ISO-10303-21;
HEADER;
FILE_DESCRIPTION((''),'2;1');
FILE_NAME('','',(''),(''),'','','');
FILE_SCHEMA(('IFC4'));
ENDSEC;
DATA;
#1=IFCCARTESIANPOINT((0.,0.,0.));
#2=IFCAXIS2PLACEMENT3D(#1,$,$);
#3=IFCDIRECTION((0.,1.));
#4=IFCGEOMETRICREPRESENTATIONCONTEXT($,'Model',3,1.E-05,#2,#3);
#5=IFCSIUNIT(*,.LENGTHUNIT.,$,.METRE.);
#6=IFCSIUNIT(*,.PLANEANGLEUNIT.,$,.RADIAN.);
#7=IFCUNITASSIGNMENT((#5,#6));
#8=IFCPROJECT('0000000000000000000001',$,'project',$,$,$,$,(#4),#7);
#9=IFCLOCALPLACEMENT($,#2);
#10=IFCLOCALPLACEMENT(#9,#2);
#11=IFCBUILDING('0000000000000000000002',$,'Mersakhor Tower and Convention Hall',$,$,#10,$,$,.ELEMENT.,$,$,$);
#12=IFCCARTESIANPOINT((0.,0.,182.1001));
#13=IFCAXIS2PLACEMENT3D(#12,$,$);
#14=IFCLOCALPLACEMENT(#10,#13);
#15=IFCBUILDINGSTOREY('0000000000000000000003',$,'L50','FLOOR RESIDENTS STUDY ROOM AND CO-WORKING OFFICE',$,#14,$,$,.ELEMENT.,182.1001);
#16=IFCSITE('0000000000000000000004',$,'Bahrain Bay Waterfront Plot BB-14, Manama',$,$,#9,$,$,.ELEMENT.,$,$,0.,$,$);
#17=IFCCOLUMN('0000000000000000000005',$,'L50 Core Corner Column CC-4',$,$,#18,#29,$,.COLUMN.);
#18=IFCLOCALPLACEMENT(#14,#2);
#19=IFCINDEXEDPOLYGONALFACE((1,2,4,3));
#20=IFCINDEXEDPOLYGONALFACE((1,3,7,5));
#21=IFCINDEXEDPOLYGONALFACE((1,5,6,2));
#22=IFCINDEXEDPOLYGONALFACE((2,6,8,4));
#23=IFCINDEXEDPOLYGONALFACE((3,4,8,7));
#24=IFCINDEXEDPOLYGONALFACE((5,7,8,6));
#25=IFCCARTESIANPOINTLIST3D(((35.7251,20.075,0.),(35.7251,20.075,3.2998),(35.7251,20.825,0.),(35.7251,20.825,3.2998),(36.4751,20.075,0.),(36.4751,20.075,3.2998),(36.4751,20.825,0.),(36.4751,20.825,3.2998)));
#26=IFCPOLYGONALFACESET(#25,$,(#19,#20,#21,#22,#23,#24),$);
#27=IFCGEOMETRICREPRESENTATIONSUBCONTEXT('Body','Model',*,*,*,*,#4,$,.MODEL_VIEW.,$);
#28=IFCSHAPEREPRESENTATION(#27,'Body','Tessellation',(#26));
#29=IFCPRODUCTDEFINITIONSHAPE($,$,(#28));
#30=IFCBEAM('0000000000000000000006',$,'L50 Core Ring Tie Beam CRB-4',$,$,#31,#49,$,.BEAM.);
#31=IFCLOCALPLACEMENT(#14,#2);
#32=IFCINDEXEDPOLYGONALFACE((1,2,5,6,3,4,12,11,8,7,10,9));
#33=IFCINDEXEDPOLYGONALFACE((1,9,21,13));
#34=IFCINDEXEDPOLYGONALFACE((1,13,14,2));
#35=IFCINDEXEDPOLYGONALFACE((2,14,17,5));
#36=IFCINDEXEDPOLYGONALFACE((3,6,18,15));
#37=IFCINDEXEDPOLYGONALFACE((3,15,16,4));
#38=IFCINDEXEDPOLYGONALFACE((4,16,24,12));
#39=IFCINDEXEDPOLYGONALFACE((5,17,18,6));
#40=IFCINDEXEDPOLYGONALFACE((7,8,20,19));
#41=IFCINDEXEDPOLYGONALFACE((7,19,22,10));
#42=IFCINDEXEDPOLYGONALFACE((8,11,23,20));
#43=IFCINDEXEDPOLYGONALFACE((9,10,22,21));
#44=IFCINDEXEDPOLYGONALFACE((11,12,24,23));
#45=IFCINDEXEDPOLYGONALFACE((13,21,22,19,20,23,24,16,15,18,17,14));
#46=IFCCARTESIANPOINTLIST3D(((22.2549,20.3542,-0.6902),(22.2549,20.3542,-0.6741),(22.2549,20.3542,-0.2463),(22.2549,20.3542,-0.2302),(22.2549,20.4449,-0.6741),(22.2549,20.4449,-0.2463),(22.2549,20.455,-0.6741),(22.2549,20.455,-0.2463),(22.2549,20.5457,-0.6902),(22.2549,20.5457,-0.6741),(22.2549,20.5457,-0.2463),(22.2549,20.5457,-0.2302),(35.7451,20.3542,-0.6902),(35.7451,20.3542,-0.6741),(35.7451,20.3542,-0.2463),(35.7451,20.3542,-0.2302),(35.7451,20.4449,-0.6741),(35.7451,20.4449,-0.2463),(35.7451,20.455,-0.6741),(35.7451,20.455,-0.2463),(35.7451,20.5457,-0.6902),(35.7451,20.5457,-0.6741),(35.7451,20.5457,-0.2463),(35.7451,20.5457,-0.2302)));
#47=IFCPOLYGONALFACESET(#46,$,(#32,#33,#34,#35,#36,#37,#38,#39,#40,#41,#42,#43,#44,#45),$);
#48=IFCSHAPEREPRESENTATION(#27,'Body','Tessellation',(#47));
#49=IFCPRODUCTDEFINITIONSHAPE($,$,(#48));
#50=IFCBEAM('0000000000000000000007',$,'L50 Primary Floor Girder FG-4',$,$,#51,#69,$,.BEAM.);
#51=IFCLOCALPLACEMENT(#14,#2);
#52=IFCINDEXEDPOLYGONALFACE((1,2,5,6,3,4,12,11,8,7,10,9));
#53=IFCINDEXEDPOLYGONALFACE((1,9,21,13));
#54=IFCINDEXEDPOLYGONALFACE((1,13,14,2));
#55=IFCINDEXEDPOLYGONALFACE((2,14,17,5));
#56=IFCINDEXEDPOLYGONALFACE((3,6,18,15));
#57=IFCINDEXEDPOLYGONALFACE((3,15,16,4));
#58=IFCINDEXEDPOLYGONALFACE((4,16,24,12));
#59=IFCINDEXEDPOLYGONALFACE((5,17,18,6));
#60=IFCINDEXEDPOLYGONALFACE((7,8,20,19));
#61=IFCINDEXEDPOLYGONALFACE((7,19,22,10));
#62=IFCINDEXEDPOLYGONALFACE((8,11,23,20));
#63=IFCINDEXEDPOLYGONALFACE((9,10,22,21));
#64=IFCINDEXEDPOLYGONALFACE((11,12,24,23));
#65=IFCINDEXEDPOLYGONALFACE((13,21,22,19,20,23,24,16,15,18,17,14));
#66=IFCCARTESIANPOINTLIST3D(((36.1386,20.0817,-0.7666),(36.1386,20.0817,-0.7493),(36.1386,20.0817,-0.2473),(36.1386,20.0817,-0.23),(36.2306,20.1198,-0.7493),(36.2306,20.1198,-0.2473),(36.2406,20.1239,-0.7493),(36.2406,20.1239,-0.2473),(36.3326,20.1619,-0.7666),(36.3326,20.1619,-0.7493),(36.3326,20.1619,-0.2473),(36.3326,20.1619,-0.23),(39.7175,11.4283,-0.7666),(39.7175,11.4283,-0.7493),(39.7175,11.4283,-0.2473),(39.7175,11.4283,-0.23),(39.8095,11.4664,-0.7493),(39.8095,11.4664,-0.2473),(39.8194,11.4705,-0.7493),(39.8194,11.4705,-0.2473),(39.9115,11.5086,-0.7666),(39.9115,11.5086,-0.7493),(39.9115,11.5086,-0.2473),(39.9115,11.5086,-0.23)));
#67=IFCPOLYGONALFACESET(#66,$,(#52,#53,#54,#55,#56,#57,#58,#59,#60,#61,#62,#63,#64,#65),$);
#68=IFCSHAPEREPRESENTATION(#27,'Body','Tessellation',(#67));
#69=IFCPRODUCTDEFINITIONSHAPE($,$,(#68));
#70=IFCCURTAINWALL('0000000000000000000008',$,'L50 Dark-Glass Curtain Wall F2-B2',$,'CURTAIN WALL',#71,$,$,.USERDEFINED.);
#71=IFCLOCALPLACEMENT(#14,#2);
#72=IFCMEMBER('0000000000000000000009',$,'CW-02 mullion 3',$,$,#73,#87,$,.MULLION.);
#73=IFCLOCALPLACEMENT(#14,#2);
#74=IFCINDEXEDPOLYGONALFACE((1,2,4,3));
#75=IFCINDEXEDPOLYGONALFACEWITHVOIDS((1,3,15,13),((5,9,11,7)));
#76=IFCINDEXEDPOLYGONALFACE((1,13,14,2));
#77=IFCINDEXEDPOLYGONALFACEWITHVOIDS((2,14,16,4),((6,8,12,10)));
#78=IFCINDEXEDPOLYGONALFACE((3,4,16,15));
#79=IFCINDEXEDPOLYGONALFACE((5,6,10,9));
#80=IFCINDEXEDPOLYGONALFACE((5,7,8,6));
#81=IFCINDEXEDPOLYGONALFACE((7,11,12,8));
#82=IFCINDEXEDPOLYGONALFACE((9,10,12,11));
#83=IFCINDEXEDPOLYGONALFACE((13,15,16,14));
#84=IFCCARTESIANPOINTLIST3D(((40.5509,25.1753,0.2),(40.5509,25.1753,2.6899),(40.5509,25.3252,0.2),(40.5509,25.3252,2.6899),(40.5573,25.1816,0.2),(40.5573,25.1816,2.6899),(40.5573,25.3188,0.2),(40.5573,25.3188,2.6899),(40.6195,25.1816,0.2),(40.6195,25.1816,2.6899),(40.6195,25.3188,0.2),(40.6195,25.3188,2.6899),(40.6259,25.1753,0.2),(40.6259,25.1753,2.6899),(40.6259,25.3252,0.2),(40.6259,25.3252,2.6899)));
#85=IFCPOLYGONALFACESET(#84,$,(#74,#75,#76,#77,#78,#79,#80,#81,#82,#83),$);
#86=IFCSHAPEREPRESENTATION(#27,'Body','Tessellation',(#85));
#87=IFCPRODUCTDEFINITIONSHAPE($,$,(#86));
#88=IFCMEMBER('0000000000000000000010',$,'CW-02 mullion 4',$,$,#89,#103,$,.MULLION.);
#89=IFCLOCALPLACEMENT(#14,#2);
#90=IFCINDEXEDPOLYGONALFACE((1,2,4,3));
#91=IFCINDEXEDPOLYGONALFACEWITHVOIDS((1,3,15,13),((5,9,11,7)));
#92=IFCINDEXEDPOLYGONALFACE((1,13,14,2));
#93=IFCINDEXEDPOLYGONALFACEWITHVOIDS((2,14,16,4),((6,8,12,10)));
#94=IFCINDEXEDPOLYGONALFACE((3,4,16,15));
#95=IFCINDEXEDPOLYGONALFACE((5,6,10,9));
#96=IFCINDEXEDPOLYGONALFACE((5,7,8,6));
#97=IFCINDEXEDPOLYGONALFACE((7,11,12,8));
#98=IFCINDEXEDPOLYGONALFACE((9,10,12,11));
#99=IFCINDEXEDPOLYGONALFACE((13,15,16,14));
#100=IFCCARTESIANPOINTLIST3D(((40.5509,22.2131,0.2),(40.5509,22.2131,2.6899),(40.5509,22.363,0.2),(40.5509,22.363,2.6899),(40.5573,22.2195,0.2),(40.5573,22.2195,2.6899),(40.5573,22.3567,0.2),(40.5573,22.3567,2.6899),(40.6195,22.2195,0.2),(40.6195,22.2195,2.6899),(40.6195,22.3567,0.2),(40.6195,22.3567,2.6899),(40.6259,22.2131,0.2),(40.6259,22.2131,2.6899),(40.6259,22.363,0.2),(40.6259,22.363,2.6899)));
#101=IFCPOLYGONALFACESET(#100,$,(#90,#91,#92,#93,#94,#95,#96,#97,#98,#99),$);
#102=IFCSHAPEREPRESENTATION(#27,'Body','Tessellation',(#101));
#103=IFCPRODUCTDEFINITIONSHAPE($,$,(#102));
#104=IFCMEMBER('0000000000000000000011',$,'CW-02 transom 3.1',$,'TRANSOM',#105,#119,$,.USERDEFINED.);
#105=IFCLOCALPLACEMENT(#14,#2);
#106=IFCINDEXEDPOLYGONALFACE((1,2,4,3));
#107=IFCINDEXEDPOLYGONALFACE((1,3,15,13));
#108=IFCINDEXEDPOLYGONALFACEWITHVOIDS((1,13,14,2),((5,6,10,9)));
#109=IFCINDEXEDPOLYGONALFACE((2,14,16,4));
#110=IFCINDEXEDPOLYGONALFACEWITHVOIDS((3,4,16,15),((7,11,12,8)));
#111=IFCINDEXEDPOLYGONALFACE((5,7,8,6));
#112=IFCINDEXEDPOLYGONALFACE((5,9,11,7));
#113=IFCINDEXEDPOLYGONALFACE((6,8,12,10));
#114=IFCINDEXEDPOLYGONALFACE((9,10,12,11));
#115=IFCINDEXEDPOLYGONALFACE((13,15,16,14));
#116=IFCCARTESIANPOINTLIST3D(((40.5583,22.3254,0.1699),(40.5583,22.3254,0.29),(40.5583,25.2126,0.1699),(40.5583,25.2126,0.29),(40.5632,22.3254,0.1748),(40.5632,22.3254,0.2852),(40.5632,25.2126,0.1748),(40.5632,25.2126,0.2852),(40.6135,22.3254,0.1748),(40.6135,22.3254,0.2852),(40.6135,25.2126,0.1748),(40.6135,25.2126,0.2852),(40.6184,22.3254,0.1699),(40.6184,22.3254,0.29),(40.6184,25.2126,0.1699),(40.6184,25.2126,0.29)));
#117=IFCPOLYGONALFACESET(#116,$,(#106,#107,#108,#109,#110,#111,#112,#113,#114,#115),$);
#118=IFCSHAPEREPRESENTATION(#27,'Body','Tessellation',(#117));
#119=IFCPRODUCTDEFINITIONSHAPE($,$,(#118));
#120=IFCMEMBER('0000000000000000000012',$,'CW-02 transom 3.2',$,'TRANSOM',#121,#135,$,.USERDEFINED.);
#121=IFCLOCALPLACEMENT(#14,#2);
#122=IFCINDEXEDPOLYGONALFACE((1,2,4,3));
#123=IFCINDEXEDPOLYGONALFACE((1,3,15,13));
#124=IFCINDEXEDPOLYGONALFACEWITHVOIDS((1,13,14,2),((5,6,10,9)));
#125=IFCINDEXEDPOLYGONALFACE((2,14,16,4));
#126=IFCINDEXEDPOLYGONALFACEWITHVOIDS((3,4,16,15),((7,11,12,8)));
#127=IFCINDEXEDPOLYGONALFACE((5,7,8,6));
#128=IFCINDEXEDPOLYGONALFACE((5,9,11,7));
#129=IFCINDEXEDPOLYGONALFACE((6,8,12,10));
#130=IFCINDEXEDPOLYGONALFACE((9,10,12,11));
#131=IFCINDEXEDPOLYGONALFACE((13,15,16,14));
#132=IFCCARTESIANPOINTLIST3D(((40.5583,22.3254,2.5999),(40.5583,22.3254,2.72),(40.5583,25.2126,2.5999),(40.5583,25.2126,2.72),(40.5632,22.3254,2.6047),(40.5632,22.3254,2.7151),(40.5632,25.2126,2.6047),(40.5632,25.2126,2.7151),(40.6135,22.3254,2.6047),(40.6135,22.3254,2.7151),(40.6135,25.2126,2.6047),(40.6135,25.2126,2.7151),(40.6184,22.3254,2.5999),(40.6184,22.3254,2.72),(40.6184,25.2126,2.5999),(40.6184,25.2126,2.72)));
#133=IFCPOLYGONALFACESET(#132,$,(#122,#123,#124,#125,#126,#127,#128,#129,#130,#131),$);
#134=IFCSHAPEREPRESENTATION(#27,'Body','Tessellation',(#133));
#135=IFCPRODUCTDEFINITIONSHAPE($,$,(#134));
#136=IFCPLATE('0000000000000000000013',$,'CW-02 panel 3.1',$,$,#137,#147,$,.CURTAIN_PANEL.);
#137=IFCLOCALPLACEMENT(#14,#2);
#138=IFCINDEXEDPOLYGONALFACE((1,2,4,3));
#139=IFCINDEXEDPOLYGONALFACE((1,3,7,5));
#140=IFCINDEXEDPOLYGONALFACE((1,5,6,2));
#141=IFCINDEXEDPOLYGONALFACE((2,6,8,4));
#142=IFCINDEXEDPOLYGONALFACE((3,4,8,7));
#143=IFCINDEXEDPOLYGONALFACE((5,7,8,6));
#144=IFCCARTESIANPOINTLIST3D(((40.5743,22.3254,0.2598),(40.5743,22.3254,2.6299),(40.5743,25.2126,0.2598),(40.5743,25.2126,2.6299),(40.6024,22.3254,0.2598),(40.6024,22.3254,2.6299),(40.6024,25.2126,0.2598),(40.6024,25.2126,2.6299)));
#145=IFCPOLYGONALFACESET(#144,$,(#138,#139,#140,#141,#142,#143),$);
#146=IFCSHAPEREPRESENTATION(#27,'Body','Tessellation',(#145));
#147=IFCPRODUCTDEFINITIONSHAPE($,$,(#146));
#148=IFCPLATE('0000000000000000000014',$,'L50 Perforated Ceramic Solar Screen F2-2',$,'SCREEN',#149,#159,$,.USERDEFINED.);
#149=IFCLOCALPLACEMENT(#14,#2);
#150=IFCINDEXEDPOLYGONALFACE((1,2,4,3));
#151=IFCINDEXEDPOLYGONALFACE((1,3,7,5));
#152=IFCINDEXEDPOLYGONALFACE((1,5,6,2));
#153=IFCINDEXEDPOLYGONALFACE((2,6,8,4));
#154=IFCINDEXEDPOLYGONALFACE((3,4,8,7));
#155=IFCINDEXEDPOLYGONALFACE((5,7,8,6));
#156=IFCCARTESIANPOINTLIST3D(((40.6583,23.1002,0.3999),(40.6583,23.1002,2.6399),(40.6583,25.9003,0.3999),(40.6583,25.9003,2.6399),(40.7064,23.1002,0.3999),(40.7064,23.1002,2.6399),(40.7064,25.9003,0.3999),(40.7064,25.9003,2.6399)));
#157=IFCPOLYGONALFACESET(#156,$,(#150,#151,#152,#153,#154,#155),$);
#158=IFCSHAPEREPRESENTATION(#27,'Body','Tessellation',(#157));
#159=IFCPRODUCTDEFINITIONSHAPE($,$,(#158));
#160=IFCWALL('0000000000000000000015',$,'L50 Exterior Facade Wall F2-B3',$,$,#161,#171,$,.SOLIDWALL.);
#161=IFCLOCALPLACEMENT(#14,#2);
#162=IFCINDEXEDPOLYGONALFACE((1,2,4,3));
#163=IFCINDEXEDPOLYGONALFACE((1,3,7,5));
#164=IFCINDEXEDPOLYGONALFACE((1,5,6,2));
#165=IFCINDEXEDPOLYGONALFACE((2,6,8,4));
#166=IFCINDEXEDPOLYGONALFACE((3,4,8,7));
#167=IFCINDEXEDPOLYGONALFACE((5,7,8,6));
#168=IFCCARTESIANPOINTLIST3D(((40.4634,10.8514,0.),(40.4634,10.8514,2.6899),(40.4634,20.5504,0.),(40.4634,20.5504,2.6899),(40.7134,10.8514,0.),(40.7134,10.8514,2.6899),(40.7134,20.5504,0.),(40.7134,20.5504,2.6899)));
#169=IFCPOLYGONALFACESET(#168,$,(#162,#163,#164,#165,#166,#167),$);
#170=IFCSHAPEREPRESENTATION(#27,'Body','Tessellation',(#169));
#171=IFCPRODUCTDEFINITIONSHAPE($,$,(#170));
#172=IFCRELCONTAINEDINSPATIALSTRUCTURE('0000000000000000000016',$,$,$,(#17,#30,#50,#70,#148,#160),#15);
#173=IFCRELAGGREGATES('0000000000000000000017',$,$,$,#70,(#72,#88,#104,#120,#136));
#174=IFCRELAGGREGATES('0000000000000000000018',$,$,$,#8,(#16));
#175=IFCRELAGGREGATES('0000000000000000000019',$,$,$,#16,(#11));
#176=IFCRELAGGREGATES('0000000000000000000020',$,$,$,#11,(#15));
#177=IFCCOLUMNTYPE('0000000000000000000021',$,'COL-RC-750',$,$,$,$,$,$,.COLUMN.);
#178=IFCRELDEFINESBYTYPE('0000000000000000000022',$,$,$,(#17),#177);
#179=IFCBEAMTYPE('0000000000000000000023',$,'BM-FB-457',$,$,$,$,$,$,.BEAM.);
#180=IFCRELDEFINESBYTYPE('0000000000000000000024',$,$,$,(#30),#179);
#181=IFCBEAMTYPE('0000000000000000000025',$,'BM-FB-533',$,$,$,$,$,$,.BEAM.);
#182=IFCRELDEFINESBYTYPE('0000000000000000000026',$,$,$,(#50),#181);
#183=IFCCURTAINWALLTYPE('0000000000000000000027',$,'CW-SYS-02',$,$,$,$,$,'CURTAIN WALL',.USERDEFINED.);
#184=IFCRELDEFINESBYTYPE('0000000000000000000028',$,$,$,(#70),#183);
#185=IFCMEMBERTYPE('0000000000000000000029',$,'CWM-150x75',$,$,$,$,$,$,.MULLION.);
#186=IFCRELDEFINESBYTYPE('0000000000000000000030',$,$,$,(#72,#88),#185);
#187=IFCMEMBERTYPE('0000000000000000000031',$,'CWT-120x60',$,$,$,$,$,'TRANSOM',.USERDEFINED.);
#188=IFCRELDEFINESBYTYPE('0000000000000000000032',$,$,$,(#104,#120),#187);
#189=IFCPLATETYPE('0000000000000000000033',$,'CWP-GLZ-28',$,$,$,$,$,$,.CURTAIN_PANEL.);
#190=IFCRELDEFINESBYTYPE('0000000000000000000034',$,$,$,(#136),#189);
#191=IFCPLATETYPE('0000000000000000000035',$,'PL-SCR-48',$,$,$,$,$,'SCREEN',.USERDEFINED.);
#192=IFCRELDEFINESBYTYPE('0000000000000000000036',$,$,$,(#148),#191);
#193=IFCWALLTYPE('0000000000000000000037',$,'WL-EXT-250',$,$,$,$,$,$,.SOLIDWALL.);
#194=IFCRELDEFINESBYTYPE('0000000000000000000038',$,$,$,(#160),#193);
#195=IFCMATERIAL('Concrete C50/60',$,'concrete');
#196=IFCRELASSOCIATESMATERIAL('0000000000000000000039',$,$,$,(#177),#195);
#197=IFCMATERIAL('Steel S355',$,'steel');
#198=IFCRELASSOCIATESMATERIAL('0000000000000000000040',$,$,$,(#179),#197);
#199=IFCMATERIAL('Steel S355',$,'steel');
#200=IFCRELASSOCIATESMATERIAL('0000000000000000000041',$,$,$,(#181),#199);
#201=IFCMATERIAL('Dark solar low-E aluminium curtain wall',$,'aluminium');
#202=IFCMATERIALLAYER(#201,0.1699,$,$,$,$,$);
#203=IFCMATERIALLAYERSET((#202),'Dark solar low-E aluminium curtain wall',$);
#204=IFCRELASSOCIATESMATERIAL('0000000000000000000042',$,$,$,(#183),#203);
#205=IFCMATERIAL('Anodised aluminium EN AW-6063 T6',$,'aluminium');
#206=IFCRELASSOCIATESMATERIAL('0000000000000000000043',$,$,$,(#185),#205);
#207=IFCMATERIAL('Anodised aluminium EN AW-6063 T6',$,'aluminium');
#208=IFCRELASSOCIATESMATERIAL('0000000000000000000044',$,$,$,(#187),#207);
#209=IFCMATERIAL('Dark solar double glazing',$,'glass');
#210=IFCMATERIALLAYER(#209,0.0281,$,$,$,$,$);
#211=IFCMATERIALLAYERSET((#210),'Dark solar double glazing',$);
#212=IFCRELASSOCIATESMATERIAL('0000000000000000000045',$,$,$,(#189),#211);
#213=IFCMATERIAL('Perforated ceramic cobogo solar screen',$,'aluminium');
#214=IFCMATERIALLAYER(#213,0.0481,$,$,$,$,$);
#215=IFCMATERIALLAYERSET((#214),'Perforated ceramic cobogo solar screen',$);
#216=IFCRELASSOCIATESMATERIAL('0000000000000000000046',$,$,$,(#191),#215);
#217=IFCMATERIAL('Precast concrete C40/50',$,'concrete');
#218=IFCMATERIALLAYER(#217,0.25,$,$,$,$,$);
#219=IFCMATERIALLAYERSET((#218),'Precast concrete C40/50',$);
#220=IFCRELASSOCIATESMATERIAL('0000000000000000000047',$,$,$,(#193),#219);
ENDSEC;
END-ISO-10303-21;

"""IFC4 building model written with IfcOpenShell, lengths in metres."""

from ifc_helpers import new_model, si_unit, direction, frame, frame_2d, origin, origin_2d, place, context, subcontext, project, spatial, rectangle, hollow_rectangle, i_section, extrude, material, layer, layer_set, material_profile, profile_set, type_object, element, aggregate, save


model = new_model("IFC4")

# Units and contexts
model_context = context("Model", 3, precision=1e-05, world=origin(), true_north=direction((0.0, 1.0)))
body_context = subcontext(model_context, "Body", "Model", "MODEL_VIEW")
ifc_project = project(units=[si_unit("LENGTHUNIT", "METRE"), si_unit("PLANEANGLEUNIT", "RADIAN")], contexts=[model_context])

# Site, building, storey
site_placement = place(None, origin())
site = spatial("IfcSite", under=ifc_project, at=site_placement, Name="Bahrain Bay Waterfront Plot BB-14, Manama", CompositionType="ELEMENT", RefElevation=0.0)
building_placement = place(site_placement, origin())
building = spatial("IfcBuilding", under=site, at=building_placement, Name="Mersakhor Tower and Convention Hall", CompositionType="ELEMENT")
storey_placement = place(building_placement, frame((0.0, 0.0, 182.1001)))
storey = spatial("IfcBuildingStorey", under=building, at=storey_placement, Name="L50", Description="FLOOR RESIDENTS STUDY ROOM AND CO-WORKING OFFICE", CompositionType="ELEMENT", Elevation=182.1001)

# Column
ifc_material_1 = material(Name="Concrete C50/60", Category="concrete")
ifc_material_profile_1 = material_profile(ifc_material_1, rectangle(XDim=0.75, YDim=0.75, at=origin_2d()), Name="RC 750x750")
ifc_profile_set_1 = profile_set([ifc_material_profile_1], Name="Concrete C50/60")
column_type = type_object("IfcColumnType", Name="COL-RC-750", PredefinedType="COLUMN", material=ifc_profile_set_1)
column_placement = place(storey_placement, frame((36.1001, 20.45, 0.0), z_axis=(0.0, 0.0, 1.0), x_axis=(1.0, 0.0, 0.0)))
element("IfcColumn", 1, at=column_placement, inside=storey, type_object=column_type, Name="L50 Core Corner Column CC-4", PredefinedType="COLUMN", context=body_context, shape_type="SweptSolid", body=[
    extrude(rectangle(XDim=0.75, YDim=0.75, at=origin_2d()), origin(), (0.0, 0.0, 1.0), 3.2998),
])

# Beams
ifc_material_2 = material(Name="Steel S355", Category="steel")
ifc_material_profile_2 = material_profile(ifc_material_2, i_section(OverallWidth=0.1914, OverallDepth=0.46, WebThickness=0.01, FlangeThickness=0.0161, at=origin_2d()), Name="UB 457x191x82")
ifc_profile_set_2 = profile_set([ifc_material_profile_2], Name="Steel S355")
beam_type_1 = type_object("IfcBeamType", Name="BM-FB-457", PredefinedType="BEAM", material=ifc_profile_set_2)
beam_1_placement = place(storey_placement, frame((35.7451, 20.45, -0.4602), z_axis=(-1.0, 0.0, 0.0), x_axis=(0.0, -1.0, 0.0)))
element("IfcBeam", 2, at=beam_1_placement, inside=storey, type_object=beam_type_1, Name="L50 Core Ring Tie Beam CRB-4", PredefinedType="BEAM", context=body_context, shape_type="SweptSolid", body=[
    extrude(i_section(OverallWidth=0.1914, OverallDepth=0.46, WebThickness=0.01, FlangeThickness=0.0161, at=origin_2d()), origin(), (0.0, 0.0, 1.0), 13.4902),
])
ifc_material_3 = material(Name="Steel S355", Category="steel")
ifc_material_profile_3 = material_profile(ifc_material_3, i_section(OverallWidth=0.21, OverallDepth=0.5366, WebThickness=0.0107, FlangeThickness=0.0173, at=origin_2d()), Name="UB 533x210x101")
ifc_profile_set_3 = profile_set([ifc_material_profile_3], Name="Steel S355")
beam_type_2 = type_object("IfcBeamType", Name="BM-FB-533", PredefinedType="BEAM", material=ifc_profile_set_3)
beam_2_placement = place(storey_placement, frame((36.2356, 20.1218, -0.4983), z_axis=(0.382185, -0.924086, 0.0), x_axis=(0.924086, 0.382185, 0.0)))
element("IfcBeam", 3, at=beam_2_placement, inside=storey, type_object=beam_type_2, Name="L50 Primary Floor Girder FG-4", PredefinedType="BEAM", context=body_context, shape_type="SweptSolid", body=[
    extrude(i_section(OverallWidth=0.21, OverallDepth=0.5366, WebThickness=0.0107, FlangeThickness=0.0173, at=origin_2d()), origin(), (0.0, 0.0, 1.0), 9.3643),
])

# Curtain wall, members, plate
ifc_material_4 = material(Name="Dark solar low-E aluminium curtain wall", Category="aluminium")
ifc_layer_1 = layer(ifc_material_4, 0.1699)
ifc_layer_set_1 = layer_set([ifc_layer_1], Name="Dark solar low-E aluminium curtain wall")
curtain_wall_type = type_object("IfcCurtainWallType", Name="CW-SYS-02", ElementType="CURTAIN WALL", PredefinedType="USERDEFINED", material=ifc_layer_set_1)
curtain_wall_placement = place(storey_placement, origin())
curtain_wall = element("IfcCurtainWall", 4, at=curtain_wall_placement, inside=storey, type_object=curtain_wall_type, Name="L50 Dark-Glass Curtain Wall F2-B2", ObjectType="CURTAIN WALL", PredefinedType="USERDEFINED")
ifc_material_5 = material(Name="Anodised aluminium EN AW-6063 T6", Category="aluminium")
ifc_material_profile_4 = material_profile(ifc_material_5, hollow_rectangle(XDim=0.075, YDim=0.1499, WallThickness=0.0063, at=origin_2d()), Name="RHS 150x75x6.3")
ifc_profile_set_4 = profile_set([ifc_material_profile_4], Name="Anodised aluminium EN AW-6063 T6")
member_type_1 = type_object("IfcMemberType", Name="CWM-150x75", PredefinedType="MULLION", material=ifc_profile_set_4)
member_1_placement = place(storey_placement, frame((40.5884, 25.2502, 0.2), z_axis=(0.0, 0.0, 1.0), x_axis=(1.0, 0.0, 0.0)))
member_1 = element("IfcMember", 5, at=member_1_placement, type_object=member_type_1, Name="CW-02 mullion 3", PredefinedType="MULLION", context=body_context, shape_type="SweptSolid", body=[
    extrude(hollow_rectangle(XDim=0.075, YDim=0.1499, WallThickness=0.0063, at=origin_2d()), origin(), (0.0, 0.0, 1.0), 2.49),
])
member_2_placement = place(storey_placement, frame((40.5884, 22.2881, 0.2), z_axis=(0.0, 0.0, 1.0), x_axis=(1.0, 0.0, 0.0)))
member_2 = element("IfcMember", 6, at=member_2_placement, type_object=member_type_1, Name="CW-02 mullion 4", PredefinedType="MULLION", context=body_context, shape_type="SweptSolid", body=[
    extrude(hollow_rectangle(XDim=0.075, YDim=0.1499, WallThickness=0.0063, at=origin_2d()), origin(), (0.0, 0.0, 1.0), 2.49),
])
ifc_material_6 = material(Name="Anodised aluminium EN AW-6063 T6", Category="aluminium")
ifc_material_profile_5 = material_profile(ifc_material_6, hollow_rectangle(XDim=0.0601, YDim=0.1201, WallThickness=0.0049, at=origin_2d()), Name="RHS 120x60x5")
ifc_profile_set_5 = profile_set([ifc_material_profile_5], Name="Anodised aluminium EN AW-6063 T6")
member_type_2 = type_object("IfcMemberType", Name="CWT-120x60", ElementType="TRANSOM", PredefinedType="USERDEFINED", material=ifc_profile_set_5)
member_3_placement = place(storey_placement, frame((40.5884, 25.2126, 0.23), z_axis=(0.0, -1.0, 0.0), x_axis=(1.0, 0.0, 0.0)))
member_3 = element("IfcMember", 7, at=member_3_placement, type_object=member_type_2, Name="CW-02 transom 3.1", ObjectType="TRANSOM", PredefinedType="USERDEFINED", context=body_context, shape_type="SweptSolid", body=[
    extrude(hollow_rectangle(XDim=0.0601, YDim=0.1201, WallThickness=0.0049, at=origin_2d()), origin(), (0.0, 0.0, 1.0), 2.8872),
])
member_4_placement = place(storey_placement, frame((40.5884, 25.2126, 2.6599), z_axis=(0.0, -1.0, 0.0), x_axis=(1.0, 0.0, 0.0)))
member_4 = element("IfcMember", 8, at=member_4_placement, type_object=member_type_2, Name="CW-02 transom 3.2", ObjectType="TRANSOM", PredefinedType="USERDEFINED", context=body_context, shape_type="SweptSolid", body=[
    extrude(hollow_rectangle(XDim=0.0601, YDim=0.1201, WallThickness=0.0049, at=origin_2d()), origin(), (0.0, 0.0, 1.0), 2.8872),
])
ifc_material_7 = material(Name="Dark solar double glazing", Category="glass")
ifc_layer_2 = layer(ifc_material_7, 0.0281)
ifc_layer_set_2 = layer_set([ifc_layer_2], Name="Dark solar double glazing")
plate_type_1 = type_object("IfcPlateType", Name="CWP-GLZ-28", PredefinedType="CURTAIN_PANEL", material=ifc_layer_set_2)
plate_1_placement = place(storey_placement, frame((40.5884, 23.769, 0.2598), z_axis=(0.0, 0.0, 1.0), x_axis=(0.0, -1.0, 0.0)))
plate_1 = element("IfcPlate", 9, at=plate_1_placement, type_object=plate_type_1, Name="CW-02 panel 3.1", PredefinedType="CURTAIN_PANEL", context=body_context, shape_type="SweptSolid", body=[
    extrude(rectangle(XDim=2.8872, YDim=0.0281, at=origin_2d()), origin(), (0.0, 0.0, 1.0), 2.3701),
])
aggregate(curtain_wall, [member_1, member_2, member_3, member_4, plate_1])

# Plate
ifc_material_8 = material(Name="Perforated ceramic cobogo solar screen", Category="aluminium")
ifc_layer_3 = layer(ifc_material_8, 0.0481)
ifc_layer_set_3 = layer_set([ifc_layer_3], Name="Perforated ceramic cobogo solar screen")
plate_type_2 = type_object("IfcPlateType", Name="PL-SCR-48", ElementType="SCREEN", PredefinedType="USERDEFINED", material=ifc_layer_set_3)
plate_2_placement = place(storey_placement, frame((40.6824, 24.5002, 0.3999), z_axis=(0.0, 0.0, 1.0), x_axis=(0.0, -1.0, 0.0)))
element("IfcPlate", 10, at=plate_2_placement, inside=storey, type_object=plate_type_2, Name="L50 Perforated Ceramic Solar Screen F2-2", ObjectType="SCREEN", PredefinedType="USERDEFINED", context=body_context, shape_type="SweptSolid", body=[
    extrude(rectangle(XDim=2.8, YDim=0.0481, at=origin_2d()), origin(), (0.0, 0.0, 1.0), 2.24),
])

# Wall
ifc_material_9 = material(Name="Precast concrete C40/50", Category="concrete")
ifc_layer_4 = layer(ifc_material_9, 0.25)
ifc_layer_set_4 = layer_set([ifc_layer_4], Name="Precast concrete C40/50")
wall_type_1 = type_object("IfcWallType", Name="WL-EXT-250", PredefinedType="SOLIDWALL", material=ifc_layer_set_4)
wall_1_placement = place(storey_placement, frame((40.5884, 20.5505, 0.0), z_axis=(0.0, 0.0, 1.0), x_axis=(0.0, -1.0, 0.0)))
element("IfcWall", 11, at=wall_1_placement, inside=storey, type_object=wall_type_1, Name="L50 Exterior Facade Wall F2-B3", PredefinedType="SOLIDWALL", context=body_context, shape_type="SweptSolid", body=[
    extrude(rectangle(XDim=9.699, YDim=0.25, at=frame_2d((4.8496, 0.0))), origin(), (0.0, 0.0, 1.0), 2.6899),
])

save(model, "model.ifc")
